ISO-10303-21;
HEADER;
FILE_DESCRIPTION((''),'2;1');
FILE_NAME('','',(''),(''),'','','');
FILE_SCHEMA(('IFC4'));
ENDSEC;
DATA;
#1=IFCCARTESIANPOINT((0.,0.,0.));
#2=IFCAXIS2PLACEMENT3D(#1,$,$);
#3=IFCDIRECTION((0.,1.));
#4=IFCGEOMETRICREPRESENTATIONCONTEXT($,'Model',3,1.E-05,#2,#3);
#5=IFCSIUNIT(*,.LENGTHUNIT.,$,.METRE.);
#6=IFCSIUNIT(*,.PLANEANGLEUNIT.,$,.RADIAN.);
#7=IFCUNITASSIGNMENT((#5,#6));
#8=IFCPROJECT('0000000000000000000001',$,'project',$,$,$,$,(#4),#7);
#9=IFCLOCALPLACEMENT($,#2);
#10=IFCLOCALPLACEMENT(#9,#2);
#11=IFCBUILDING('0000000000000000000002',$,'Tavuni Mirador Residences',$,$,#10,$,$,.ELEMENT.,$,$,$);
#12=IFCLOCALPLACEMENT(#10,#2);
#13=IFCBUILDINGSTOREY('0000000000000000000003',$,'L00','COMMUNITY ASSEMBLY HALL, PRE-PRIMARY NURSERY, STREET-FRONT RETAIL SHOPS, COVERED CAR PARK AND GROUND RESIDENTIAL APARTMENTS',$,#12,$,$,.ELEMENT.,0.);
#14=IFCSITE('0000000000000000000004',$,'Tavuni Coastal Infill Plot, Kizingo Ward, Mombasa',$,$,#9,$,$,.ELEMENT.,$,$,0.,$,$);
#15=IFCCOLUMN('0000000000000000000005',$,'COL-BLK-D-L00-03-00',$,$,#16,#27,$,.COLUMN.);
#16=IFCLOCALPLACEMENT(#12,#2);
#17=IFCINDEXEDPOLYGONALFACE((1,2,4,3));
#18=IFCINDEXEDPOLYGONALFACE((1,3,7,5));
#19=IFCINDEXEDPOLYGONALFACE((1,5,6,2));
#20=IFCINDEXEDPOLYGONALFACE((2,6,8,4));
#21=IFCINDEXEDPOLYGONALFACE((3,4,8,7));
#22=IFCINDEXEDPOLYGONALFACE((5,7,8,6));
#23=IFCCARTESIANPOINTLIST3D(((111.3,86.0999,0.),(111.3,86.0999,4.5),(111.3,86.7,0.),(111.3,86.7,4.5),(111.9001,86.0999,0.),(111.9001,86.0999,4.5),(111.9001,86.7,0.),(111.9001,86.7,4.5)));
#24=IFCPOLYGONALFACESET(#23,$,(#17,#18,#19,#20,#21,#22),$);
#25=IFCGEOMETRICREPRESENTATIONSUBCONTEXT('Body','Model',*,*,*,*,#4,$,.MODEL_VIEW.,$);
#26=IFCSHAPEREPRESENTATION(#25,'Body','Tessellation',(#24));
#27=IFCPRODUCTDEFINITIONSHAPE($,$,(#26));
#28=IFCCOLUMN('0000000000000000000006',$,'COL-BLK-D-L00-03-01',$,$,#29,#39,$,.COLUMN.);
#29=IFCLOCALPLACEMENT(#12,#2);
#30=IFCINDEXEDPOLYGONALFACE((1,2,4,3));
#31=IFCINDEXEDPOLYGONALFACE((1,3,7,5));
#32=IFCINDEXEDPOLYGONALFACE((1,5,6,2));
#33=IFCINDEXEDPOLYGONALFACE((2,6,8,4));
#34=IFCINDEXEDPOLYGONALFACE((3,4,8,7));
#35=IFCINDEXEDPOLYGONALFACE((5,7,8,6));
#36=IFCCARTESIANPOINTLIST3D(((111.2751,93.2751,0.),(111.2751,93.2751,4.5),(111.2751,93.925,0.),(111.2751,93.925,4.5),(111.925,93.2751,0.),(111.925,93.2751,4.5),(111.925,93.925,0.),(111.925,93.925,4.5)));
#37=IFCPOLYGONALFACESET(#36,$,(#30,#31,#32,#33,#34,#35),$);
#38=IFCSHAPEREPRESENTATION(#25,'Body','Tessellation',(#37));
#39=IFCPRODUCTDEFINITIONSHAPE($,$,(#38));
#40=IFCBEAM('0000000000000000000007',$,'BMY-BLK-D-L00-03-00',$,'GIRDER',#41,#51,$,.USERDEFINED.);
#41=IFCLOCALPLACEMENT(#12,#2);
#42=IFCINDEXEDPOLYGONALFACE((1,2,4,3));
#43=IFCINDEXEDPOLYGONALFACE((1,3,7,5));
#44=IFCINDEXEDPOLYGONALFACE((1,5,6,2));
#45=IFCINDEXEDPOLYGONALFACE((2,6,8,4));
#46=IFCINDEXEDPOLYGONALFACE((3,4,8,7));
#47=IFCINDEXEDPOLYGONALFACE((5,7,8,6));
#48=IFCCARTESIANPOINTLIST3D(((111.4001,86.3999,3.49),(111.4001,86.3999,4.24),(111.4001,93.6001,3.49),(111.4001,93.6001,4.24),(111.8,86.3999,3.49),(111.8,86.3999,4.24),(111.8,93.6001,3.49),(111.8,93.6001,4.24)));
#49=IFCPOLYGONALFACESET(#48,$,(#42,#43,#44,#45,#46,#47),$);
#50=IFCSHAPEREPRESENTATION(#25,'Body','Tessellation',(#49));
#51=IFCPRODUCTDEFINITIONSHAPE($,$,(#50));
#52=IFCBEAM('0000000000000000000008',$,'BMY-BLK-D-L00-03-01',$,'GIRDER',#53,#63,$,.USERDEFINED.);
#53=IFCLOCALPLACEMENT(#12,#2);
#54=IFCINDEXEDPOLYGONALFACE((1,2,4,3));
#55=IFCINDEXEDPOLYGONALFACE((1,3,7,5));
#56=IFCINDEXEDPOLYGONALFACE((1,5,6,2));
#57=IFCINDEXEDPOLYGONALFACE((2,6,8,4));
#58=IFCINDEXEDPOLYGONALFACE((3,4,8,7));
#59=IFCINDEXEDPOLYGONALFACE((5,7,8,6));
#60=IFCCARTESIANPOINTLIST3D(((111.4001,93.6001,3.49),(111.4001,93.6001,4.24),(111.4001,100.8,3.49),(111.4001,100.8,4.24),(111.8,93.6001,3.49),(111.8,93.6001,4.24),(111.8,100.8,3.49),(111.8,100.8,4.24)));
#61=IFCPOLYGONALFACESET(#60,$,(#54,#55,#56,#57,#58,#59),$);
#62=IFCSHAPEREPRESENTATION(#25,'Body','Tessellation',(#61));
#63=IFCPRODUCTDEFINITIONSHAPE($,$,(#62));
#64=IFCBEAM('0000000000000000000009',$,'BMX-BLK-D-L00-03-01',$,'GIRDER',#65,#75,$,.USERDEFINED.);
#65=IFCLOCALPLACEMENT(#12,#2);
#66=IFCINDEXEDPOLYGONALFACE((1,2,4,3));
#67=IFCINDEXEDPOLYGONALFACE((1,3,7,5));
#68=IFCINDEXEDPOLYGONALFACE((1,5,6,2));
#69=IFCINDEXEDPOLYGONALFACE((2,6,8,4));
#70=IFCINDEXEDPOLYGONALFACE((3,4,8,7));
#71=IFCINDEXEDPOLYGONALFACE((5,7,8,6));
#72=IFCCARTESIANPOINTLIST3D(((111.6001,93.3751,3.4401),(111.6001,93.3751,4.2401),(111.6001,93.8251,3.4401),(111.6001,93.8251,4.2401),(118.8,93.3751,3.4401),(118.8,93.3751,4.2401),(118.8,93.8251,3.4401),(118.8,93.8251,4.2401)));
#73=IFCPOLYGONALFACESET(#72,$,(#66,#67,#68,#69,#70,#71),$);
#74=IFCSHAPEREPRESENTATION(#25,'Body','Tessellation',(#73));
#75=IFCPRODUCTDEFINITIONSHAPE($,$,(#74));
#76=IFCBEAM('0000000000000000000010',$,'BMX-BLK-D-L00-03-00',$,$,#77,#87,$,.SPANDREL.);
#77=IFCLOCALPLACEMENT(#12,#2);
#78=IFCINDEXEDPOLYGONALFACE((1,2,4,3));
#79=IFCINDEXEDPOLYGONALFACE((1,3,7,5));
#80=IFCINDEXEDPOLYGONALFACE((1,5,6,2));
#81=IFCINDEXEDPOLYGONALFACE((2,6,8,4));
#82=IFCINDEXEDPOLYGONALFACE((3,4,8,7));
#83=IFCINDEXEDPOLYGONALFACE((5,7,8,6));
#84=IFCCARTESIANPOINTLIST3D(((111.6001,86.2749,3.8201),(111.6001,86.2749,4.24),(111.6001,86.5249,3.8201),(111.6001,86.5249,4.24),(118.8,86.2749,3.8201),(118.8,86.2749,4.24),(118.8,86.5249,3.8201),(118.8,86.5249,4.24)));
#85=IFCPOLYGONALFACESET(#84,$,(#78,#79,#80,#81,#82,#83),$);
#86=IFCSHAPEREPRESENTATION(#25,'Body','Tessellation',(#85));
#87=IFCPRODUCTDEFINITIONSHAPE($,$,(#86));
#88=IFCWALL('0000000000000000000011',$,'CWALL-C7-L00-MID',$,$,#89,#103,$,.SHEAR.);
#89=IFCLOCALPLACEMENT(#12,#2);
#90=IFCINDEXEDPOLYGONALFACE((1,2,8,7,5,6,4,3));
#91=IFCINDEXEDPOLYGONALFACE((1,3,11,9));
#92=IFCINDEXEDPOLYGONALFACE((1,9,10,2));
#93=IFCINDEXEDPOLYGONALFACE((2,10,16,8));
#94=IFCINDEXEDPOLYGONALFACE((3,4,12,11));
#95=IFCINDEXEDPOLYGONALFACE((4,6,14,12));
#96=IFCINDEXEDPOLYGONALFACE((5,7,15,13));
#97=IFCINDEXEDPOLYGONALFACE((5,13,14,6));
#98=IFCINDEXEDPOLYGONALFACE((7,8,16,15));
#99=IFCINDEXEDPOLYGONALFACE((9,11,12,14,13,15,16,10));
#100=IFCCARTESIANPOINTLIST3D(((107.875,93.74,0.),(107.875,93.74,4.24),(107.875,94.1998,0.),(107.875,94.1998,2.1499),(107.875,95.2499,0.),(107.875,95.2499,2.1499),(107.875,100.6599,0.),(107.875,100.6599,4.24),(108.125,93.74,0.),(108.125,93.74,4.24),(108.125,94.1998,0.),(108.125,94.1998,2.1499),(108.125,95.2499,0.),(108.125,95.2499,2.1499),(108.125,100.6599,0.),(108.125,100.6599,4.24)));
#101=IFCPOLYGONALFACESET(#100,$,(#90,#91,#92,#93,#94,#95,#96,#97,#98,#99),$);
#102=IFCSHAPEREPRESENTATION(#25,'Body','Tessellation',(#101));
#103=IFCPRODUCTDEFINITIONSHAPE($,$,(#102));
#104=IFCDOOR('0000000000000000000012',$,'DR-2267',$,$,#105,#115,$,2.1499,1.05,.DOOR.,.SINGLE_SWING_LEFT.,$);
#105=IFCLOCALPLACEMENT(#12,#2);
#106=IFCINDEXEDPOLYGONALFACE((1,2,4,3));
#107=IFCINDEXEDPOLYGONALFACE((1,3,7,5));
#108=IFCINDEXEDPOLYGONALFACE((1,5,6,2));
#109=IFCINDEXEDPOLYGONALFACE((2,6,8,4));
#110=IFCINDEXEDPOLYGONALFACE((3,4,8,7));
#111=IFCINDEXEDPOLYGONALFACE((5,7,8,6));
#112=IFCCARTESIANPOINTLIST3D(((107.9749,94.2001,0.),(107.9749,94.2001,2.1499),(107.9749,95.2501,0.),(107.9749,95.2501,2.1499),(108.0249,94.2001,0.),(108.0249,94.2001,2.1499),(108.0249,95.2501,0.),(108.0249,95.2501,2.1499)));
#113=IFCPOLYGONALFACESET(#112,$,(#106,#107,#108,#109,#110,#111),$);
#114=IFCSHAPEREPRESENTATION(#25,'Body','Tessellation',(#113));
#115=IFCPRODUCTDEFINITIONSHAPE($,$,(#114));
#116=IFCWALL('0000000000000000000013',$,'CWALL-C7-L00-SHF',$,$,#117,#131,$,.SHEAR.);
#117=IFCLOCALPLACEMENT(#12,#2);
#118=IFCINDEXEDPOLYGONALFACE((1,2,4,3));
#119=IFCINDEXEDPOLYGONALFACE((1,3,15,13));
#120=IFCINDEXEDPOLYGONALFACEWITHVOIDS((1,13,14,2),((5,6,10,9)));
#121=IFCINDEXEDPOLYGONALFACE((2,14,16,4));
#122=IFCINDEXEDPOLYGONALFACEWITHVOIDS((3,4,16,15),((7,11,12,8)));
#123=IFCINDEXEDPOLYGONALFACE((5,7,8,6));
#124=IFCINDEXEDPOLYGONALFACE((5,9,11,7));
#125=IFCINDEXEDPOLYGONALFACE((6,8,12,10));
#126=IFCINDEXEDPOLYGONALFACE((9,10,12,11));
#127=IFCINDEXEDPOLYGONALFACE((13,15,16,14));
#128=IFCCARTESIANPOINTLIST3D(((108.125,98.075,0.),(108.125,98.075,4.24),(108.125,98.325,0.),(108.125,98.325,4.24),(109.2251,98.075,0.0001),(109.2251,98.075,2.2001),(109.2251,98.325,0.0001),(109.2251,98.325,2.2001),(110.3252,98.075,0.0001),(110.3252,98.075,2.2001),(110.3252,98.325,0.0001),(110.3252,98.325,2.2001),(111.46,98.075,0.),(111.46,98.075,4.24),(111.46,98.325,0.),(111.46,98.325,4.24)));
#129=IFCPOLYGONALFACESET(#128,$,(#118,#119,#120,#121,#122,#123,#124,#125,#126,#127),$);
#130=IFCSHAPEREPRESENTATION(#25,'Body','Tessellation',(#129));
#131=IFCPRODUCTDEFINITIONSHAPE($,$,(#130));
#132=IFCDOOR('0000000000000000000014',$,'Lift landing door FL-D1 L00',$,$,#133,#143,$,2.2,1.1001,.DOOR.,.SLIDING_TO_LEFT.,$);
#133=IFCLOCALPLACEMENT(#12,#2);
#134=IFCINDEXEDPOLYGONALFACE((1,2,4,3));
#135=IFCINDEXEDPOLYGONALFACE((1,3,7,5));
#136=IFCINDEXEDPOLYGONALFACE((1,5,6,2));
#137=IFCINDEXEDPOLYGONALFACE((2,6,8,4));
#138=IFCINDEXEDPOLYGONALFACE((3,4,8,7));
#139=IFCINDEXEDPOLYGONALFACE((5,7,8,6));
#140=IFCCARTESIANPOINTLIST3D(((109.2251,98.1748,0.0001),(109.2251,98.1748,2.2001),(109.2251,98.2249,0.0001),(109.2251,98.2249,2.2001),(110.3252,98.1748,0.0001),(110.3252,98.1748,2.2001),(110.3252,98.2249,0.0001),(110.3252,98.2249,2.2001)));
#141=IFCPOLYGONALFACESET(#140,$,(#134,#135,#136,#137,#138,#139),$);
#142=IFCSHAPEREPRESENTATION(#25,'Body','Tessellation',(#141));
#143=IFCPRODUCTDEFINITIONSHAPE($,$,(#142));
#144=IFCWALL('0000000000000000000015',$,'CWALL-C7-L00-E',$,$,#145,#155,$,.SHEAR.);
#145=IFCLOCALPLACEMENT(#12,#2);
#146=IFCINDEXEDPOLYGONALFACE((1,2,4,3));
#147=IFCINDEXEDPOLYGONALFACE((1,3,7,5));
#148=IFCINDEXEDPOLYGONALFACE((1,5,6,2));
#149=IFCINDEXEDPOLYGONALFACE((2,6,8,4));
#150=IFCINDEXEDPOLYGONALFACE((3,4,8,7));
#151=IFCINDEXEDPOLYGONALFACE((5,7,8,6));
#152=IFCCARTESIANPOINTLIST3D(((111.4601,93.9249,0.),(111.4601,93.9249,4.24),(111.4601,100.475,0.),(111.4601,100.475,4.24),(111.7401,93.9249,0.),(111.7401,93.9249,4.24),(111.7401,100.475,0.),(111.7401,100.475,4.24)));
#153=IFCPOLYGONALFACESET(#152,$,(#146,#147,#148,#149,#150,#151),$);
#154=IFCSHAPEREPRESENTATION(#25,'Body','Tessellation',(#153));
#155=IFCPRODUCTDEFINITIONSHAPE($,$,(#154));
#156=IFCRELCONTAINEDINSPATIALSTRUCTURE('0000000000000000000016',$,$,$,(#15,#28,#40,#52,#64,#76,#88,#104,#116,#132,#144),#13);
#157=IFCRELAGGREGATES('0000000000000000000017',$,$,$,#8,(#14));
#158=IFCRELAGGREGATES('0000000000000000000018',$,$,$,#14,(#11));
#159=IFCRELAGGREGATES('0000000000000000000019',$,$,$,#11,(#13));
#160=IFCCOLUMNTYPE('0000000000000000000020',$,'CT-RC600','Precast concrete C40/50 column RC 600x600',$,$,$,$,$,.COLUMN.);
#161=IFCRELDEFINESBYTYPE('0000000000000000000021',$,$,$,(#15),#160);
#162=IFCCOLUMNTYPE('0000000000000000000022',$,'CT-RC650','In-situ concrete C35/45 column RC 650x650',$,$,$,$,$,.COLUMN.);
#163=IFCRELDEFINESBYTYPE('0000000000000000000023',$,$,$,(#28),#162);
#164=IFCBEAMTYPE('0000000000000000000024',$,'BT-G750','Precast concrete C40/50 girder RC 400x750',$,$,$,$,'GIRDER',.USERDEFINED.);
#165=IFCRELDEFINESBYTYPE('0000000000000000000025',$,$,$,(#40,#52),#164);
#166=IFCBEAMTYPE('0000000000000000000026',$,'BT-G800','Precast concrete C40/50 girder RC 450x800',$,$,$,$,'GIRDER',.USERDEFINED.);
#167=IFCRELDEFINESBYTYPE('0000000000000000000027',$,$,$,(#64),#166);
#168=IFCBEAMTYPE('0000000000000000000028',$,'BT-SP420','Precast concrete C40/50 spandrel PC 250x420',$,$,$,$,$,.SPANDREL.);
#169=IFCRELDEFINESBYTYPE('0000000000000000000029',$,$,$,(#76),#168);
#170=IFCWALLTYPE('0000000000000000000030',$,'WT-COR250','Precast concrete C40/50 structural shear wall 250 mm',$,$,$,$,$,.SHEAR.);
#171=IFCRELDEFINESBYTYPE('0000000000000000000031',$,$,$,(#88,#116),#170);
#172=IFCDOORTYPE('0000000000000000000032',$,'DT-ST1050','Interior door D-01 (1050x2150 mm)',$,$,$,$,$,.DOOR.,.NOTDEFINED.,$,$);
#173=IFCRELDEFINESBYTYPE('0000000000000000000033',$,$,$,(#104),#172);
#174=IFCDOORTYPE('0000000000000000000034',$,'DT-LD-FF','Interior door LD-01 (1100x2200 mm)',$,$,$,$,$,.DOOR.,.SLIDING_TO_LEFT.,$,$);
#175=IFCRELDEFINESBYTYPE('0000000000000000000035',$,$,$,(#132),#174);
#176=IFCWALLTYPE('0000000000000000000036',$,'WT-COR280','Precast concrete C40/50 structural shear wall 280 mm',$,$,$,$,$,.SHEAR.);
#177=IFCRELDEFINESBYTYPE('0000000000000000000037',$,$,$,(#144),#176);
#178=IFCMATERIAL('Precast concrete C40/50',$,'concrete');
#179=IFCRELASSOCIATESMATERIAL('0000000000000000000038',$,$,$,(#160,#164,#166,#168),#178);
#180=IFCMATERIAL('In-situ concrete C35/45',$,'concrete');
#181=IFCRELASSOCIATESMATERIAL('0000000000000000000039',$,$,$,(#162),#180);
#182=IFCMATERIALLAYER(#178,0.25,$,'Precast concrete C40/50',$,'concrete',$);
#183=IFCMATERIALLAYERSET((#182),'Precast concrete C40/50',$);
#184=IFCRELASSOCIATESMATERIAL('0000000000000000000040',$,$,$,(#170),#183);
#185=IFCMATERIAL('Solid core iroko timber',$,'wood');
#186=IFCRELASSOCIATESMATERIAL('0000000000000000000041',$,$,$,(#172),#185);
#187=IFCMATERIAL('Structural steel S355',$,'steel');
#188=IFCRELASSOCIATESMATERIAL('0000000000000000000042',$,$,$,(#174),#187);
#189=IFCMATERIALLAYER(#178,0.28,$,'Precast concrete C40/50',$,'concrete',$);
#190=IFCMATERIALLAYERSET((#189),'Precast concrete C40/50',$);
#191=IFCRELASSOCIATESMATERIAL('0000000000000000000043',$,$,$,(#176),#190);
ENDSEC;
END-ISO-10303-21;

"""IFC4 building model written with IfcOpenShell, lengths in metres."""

from ifc_helpers import new_model, si_unit, direction, frame, frame_2d, origin, origin_2d, place, context, subcontext, project, spatial, rectangle, extrude, material, layer, layer_set, material_profile, profile_set, type_object, element, fill, save


model = new_model("IFC4")

# Units and contexts
model_context = context("Model", 3, precision=1e-05, world=origin(), true_north=direction((0.0, 1.0)))
body_context = subcontext(model_context, "Body", "Model", "MODEL_VIEW")
ifc_project = project(units=[si_unit("LENGTHUNIT", "METRE"), si_unit("PLANEANGLEUNIT", "RADIAN")], contexts=[model_context])

# Site, building, storey
site_placement = place(None, origin())
site = spatial("IfcSite", under=ifc_project, at=site_placement, Name="Tavuni Coastal Infill Plot, Kizingo Ward, Mombasa", CompositionType="ELEMENT", RefElevation=0.0)
building_placement = place(site_placement, origin())
building = spatial("IfcBuilding", under=site, at=building_placement, Name="Tavuni Mirador Residences", CompositionType="ELEMENT")
storey_placement = place(building_placement, origin())
storey = spatial("IfcBuildingStorey", under=building, at=storey_placement, Name="L00", Description="COMMUNITY ASSEMBLY HALL, PRE-PRIMARY NURSERY, STREET-FRONT RETAIL SHOPS, COVERED CAR PARK AND GROUND RESIDENTIAL APARTMENTS", CompositionType="ELEMENT", Elevation=0.0)

# Columns
ifc_material_1 = material(Name="Precast concrete C40/50", Category="concrete")
ifc_material_profile_1 = material_profile(ifc_material_1, rectangle(XDim=0.6001, YDim=0.6001, at=origin_2d()), Name="RC 600x600", Category="concrete")
ifc_profile_set_1 = profile_set([ifc_material_profile_1], Name="Precast concrete C40/50")
column_type_1 = type_object("IfcColumnType", Name="CT-RC600", Description="Precast concrete C40/50 column RC 600x600", PredefinedType="COLUMN", material=ifc_profile_set_1)
column_1_placement = place(storey_placement, frame((111.6001, 86.3999, 0.0), z_axis=(0.0, 0.0, 1.0), x_axis=(1.0, 0.0, 0.0)))
element("IfcColumn", 1, at=column_1_placement, inside=storey, type_object=column_type_1, Name="COL-BLK-D-L00-03-00", PredefinedType="COLUMN", context=body_context, shape_type="SweptSolid", body=[
    extrude(rectangle(XDim=0.6001, YDim=0.6001, at=origin_2d()), origin(), (0.0, 0.0, 1.0), 4.5),
])
ifc_material_2 = material(Name="In-situ concrete C35/45", Category="concrete")
ifc_material_profile_2 = material_profile(ifc_material_2, rectangle(XDim=0.6499, YDim=0.6499, at=origin_2d()), Name="RC 650x650", Category="concrete")
ifc_profile_set_2 = profile_set([ifc_material_profile_2], Name="In-situ concrete C35/45")
column_type_2 = type_object("IfcColumnType", Name="CT-RC650", Description="In-situ concrete C35/45 column RC 650x650", PredefinedType="COLUMN", material=ifc_profile_set_2)
column_2_placement = place(storey_placement, frame((111.6001, 93.6001, 0.0), z_axis=(0.0, 0.0, 1.0), x_axis=(1.0, 0.0, 0.0)))
element("IfcColumn", 2, at=column_2_placement, inside=storey, type_object=column_type_2, Name="COL-BLK-D-L00-03-01", PredefinedType="COLUMN", context=body_context, shape_type="SweptSolid", body=[
    extrude(rectangle(XDim=0.6499, YDim=0.6499, at=origin_2d()), origin(), (0.0, 0.0, 1.0), 4.5),
])

# Beams
ifc_material_profile_3 = material_profile(ifc_material_1, rectangle(XDim=0.3999, YDim=0.75, at=origin_2d()), Name="RC 400x750", Category="concrete")
ifc_profile_set_3 = profile_set([ifc_material_profile_3], Name="Precast concrete C40/50")
beam_type_1 = type_object("IfcBeamType", Name="BT-G750", Description="Precast concrete C40/50 girder RC 400x750", ElementType="GIRDER", PredefinedType="USERDEFINED", material=ifc_profile_set_3)
beam_1_placement = place(storey_placement, frame((111.6001, 86.3999, 3.865), z_axis=(0.0, 1.0, 0.0), x_axis=(-1.0, 0.0, 0.0)))
element("IfcBeam", 3, at=beam_1_placement, inside=storey, type_object=beam_type_1, Name="BMY-BLK-D-L00-03-00", ObjectType="GIRDER", PredefinedType="USERDEFINED", context=body_context, shape_type="SweptSolid", body=[
    extrude(rectangle(XDim=0.3999, YDim=0.75, at=origin_2d()), origin(), (0.0, 0.0, 1.0), 7.2002),
])
beam_2_placement = place(storey_placement, frame((111.6001, 93.6001, 3.865), z_axis=(0.0, 1.0, 0.0), x_axis=(-1.0, 0.0, 0.0)))
element("IfcBeam", 4, at=beam_2_placement, inside=storey, type_object=beam_type_1, Name="BMY-BLK-D-L00-03-01", ObjectType="GIRDER", PredefinedType="USERDEFINED", context=body_context, shape_type="SweptSolid", body=[
    extrude(rectangle(XDim=0.3999, YDim=0.75, at=origin_2d()), origin(), (0.0, 0.0, 1.0), 7.2),
])
ifc_material_profile_4 = material_profile(ifc_material_1, rectangle(XDim=0.45, YDim=0.8, at=origin_2d()), Name="RC 450x800", Category="concrete")
ifc_profile_set_4 = profile_set([ifc_material_profile_4], Name="Precast concrete C40/50")
beam_type_2 = type_object("IfcBeamType", Name="BT-G800", Description="Precast concrete C40/50 girder RC 450x800", ElementType="GIRDER", PredefinedType="USERDEFINED", material=ifc_profile_set_4)
beam_3_placement = place(storey_placement, frame((111.6001, 93.6001, 3.8401), z_axis=(1.0, 0.0, 0.0), x_axis=(0.0, 1.0, 0.0)))
element("IfcBeam", 5, at=beam_3_placement, inside=storey, type_object=beam_type_2, Name="BMX-BLK-D-L00-03-01", ObjectType="GIRDER", PredefinedType="USERDEFINED", context=body_context, shape_type="SweptSolid", body=[
    extrude(rectangle(XDim=0.45, YDim=0.8, at=origin_2d()), origin(), (0.0, 0.0, 1.0), 7.2),
])
ifc_material_profile_5 = material_profile(ifc_material_1, rectangle(XDim=0.25, YDim=0.4199, at=origin_2d()), Name="PC 250x420", Category="concrete")
ifc_profile_set_5 = profile_set([ifc_material_profile_5], Name="Precast concrete C40/50")
beam_type_3 = type_object("IfcBeamType", Name="BT-SP420", Description="Precast concrete C40/50 spandrel PC 250x420", PredefinedType="SPANDREL", material=ifc_profile_set_5)
beam_4_placement = place(storey_placement, frame((111.6001, 86.3999, 4.03), z_axis=(1.0, 0.0, 0.0), x_axis=(0.0, 1.0, 0.0)))
element("IfcBeam", 6, at=beam_4_placement, inside=storey, type_object=beam_type_3, Name="BMX-BLK-D-L00-03-00", PredefinedType="SPANDREL", context=body_context, shape_type="SweptSolid", body=[
    extrude(rectangle(XDim=0.25, YDim=0.4199, at=origin_2d()), origin(), (0.0, 0.0, 1.0), 7.2),
])

# Walls, openings, doors
ifc_layer_1 = layer(ifc_material_1, 0.25, Name="Precast concrete C40/50", Category="concrete")
ifc_layer_set_1 = layer_set([ifc_layer_1], Name="Precast concrete C40/50")
wall_type_1 = type_object("IfcWallType", Name="WT-COR250", Description="Precast concrete C40/50 structural shear wall 250 mm", PredefinedType="SHEAR", material=ifc_layer_set_1)
wall_1_placement = place(storey_placement, frame((108.0, 93.74, 0.0), z_axis=(0.0, 0.0, 1.0), x_axis=(0.0, 1.0, 0.0)))
wall_1 = element("IfcWall", 7, at=wall_1_placement, inside=storey, type_object=wall_type_1, Name="CWALL-C7-L00-MID", PredefinedType="SHEAR", context=body_context, shape_type="SweptSolid", body=[
    extrude(rectangle(XDim=6.9199, YDim=0.25, at=frame_2d((3.46, 0.0))), origin(), (0.0, 0.0, 1.0), 4.24),
])
opening_1_placement = place(wall_1_placement, frame((0.46, 0.0, 0.0)))
opening_1 = element("IfcOpeningElement", 8, at=opening_1_placement, cuts=wall_1, PredefinedType="OPENING", context=body_context, shape_type="SweptSolid", body=[
    extrude(rectangle(XDim=1.05, YDim=2.1499, at=frame_2d((0.5249, 1.075))), frame((0.0, 0.135, 0.0), z_axis=(0.0, -1.0, 0.0), x_axis=(1.0, 0.0, 0.0)), (0.0, 0.0, 1.0), 0.27),
])
ifc_material_3 = material(Name="Solid core iroko timber", Category="wood")
door_type_1 = type_object("IfcDoorType", Name="DT-ST1050", Description="Interior door D-01 (1050x2150 mm)", OperationType="NOTDEFINED", PredefinedType="DOOR", material=ifc_material_3)
door_1_placement = place(opening_1_placement, frame((1.05, 0.0, 0.0), z_axis=(0.0, 0.0, 1.0), x_axis=(-1.0, 0.0, 0.0)))
door_1 = element("IfcDoor", 9, at=door_1_placement, inside=storey, type_object=door_type_1, Name="DR-2267", OperationType="SINGLE_SWING_LEFT", OverallHeight=2.1499, OverallWidth=1.05, PredefinedType="DOOR", context=body_context, shape_type="SweptSolid", body=[
    extrude(rectangle(XDim=1.05, YDim=2.1499, at=frame_2d((0.5249, 1.075))), frame((0.0, 0.0249, 0.0), z_axis=(0.0, -1.0, 0.0), x_axis=(1.0, 0.0, 0.0)), (0.0, 0.0, 1.0), 0.05),
])
fill(opening_1, door_1)
wall_2_placement = place(storey_placement, frame((108.125, 98.2, 0.0), z_axis=(0.0, 0.0, 1.0), x_axis=(1.0, 0.0, 0.0)))
wall_2 = element("IfcWall", 10, at=wall_2_placement, inside=storey, type_object=wall_type_1, Name="CWALL-C7-L00-SHF", PredefinedType="SHEAR", context=body_context, shape_type="SweptSolid", body=[
    extrude(rectangle(XDim=3.335, YDim=0.25, at=frame_2d((1.6675, 0.0))), origin(), (0.0, 0.0, 1.0), 4.24),
])
opening_2_placement = place(wall_2_placement, frame((1.1001, 0.0, 0.0)))
opening_2 = element("IfcOpeningElement", 11, at=opening_2_placement, cuts=wall_2, PredefinedType="OPENING", context=body_context, shape_type="SweptSolid", body=[
    extrude(rectangle(XDim=1.1001, YDim=2.2, at=frame_2d((0.55, 1.1001))), frame((0.0, 0.135, 0.0), z_axis=(0.0, -1.0, 0.0), x_axis=(1.0, 0.0, 0.0)), (0.0, 0.0, 1.0), 0.27),
])
ifc_material_4 = material(Name="Structural steel S355", Category="steel")
door_type_2 = type_object("IfcDoorType", Name="DT-LD-FF", Description="Interior door LD-01 (1100x2200 mm)", OperationType="SLIDING_TO_LEFT", PredefinedType="DOOR", material=ifc_material_4)
door_2_placement = place(opening_2_placement, origin())
door_2 = element("IfcDoor", 12, at=door_2_placement, inside=storey, type_object=door_type_2, Name="Lift landing door FL-D1 L00", OperationType="SLIDING_TO_LEFT", OverallHeight=2.2, OverallWidth=1.1001, PredefinedType="DOOR", context=body_context, shape_type="SweptSolid", body=[
    extrude(rectangle(XDim=1.1001, YDim=2.2, at=frame_2d((0.55, 1.1001))), frame((0.0, 0.0249, 0.0), z_axis=(0.0, -1.0, 0.0), x_axis=(1.0, 0.0, 0.0)), (0.0, 0.0, 1.0), 0.05),
])
fill(opening_2, door_2)

# Wall
ifc_layer_2 = layer(ifc_material_1, 0.28, Name="Precast concrete C40/50", Category="concrete")
ifc_layer_set_2 = layer_set([ifc_layer_2], Name="Precast concrete C40/50")
wall_type_2 = type_object("IfcWallType", Name="WT-COR280", Description="Precast concrete C40/50 structural shear wall 280 mm", PredefinedType="SHEAR", material=ifc_layer_set_2)
wall_3_placement = place(storey_placement, frame((111.6001, 93.925, 0.0), z_axis=(0.0, 0.0, 1.0), x_axis=(0.0, 1.0, 0.0)))
element("IfcWall", 13, at=wall_3_placement, inside=storey, type_object=wall_type_2, Name="CWALL-C7-L00-E", PredefinedType="SHEAR", context=body_context, shape_type="SweptSolid", body=[
    extrude(rectangle(XDim=6.55, YDim=0.28, at=frame_2d((3.2749, 0.0))), origin(), (0.0, 0.0, 1.0), 4.24),
])

save(model, "model.ifc")
